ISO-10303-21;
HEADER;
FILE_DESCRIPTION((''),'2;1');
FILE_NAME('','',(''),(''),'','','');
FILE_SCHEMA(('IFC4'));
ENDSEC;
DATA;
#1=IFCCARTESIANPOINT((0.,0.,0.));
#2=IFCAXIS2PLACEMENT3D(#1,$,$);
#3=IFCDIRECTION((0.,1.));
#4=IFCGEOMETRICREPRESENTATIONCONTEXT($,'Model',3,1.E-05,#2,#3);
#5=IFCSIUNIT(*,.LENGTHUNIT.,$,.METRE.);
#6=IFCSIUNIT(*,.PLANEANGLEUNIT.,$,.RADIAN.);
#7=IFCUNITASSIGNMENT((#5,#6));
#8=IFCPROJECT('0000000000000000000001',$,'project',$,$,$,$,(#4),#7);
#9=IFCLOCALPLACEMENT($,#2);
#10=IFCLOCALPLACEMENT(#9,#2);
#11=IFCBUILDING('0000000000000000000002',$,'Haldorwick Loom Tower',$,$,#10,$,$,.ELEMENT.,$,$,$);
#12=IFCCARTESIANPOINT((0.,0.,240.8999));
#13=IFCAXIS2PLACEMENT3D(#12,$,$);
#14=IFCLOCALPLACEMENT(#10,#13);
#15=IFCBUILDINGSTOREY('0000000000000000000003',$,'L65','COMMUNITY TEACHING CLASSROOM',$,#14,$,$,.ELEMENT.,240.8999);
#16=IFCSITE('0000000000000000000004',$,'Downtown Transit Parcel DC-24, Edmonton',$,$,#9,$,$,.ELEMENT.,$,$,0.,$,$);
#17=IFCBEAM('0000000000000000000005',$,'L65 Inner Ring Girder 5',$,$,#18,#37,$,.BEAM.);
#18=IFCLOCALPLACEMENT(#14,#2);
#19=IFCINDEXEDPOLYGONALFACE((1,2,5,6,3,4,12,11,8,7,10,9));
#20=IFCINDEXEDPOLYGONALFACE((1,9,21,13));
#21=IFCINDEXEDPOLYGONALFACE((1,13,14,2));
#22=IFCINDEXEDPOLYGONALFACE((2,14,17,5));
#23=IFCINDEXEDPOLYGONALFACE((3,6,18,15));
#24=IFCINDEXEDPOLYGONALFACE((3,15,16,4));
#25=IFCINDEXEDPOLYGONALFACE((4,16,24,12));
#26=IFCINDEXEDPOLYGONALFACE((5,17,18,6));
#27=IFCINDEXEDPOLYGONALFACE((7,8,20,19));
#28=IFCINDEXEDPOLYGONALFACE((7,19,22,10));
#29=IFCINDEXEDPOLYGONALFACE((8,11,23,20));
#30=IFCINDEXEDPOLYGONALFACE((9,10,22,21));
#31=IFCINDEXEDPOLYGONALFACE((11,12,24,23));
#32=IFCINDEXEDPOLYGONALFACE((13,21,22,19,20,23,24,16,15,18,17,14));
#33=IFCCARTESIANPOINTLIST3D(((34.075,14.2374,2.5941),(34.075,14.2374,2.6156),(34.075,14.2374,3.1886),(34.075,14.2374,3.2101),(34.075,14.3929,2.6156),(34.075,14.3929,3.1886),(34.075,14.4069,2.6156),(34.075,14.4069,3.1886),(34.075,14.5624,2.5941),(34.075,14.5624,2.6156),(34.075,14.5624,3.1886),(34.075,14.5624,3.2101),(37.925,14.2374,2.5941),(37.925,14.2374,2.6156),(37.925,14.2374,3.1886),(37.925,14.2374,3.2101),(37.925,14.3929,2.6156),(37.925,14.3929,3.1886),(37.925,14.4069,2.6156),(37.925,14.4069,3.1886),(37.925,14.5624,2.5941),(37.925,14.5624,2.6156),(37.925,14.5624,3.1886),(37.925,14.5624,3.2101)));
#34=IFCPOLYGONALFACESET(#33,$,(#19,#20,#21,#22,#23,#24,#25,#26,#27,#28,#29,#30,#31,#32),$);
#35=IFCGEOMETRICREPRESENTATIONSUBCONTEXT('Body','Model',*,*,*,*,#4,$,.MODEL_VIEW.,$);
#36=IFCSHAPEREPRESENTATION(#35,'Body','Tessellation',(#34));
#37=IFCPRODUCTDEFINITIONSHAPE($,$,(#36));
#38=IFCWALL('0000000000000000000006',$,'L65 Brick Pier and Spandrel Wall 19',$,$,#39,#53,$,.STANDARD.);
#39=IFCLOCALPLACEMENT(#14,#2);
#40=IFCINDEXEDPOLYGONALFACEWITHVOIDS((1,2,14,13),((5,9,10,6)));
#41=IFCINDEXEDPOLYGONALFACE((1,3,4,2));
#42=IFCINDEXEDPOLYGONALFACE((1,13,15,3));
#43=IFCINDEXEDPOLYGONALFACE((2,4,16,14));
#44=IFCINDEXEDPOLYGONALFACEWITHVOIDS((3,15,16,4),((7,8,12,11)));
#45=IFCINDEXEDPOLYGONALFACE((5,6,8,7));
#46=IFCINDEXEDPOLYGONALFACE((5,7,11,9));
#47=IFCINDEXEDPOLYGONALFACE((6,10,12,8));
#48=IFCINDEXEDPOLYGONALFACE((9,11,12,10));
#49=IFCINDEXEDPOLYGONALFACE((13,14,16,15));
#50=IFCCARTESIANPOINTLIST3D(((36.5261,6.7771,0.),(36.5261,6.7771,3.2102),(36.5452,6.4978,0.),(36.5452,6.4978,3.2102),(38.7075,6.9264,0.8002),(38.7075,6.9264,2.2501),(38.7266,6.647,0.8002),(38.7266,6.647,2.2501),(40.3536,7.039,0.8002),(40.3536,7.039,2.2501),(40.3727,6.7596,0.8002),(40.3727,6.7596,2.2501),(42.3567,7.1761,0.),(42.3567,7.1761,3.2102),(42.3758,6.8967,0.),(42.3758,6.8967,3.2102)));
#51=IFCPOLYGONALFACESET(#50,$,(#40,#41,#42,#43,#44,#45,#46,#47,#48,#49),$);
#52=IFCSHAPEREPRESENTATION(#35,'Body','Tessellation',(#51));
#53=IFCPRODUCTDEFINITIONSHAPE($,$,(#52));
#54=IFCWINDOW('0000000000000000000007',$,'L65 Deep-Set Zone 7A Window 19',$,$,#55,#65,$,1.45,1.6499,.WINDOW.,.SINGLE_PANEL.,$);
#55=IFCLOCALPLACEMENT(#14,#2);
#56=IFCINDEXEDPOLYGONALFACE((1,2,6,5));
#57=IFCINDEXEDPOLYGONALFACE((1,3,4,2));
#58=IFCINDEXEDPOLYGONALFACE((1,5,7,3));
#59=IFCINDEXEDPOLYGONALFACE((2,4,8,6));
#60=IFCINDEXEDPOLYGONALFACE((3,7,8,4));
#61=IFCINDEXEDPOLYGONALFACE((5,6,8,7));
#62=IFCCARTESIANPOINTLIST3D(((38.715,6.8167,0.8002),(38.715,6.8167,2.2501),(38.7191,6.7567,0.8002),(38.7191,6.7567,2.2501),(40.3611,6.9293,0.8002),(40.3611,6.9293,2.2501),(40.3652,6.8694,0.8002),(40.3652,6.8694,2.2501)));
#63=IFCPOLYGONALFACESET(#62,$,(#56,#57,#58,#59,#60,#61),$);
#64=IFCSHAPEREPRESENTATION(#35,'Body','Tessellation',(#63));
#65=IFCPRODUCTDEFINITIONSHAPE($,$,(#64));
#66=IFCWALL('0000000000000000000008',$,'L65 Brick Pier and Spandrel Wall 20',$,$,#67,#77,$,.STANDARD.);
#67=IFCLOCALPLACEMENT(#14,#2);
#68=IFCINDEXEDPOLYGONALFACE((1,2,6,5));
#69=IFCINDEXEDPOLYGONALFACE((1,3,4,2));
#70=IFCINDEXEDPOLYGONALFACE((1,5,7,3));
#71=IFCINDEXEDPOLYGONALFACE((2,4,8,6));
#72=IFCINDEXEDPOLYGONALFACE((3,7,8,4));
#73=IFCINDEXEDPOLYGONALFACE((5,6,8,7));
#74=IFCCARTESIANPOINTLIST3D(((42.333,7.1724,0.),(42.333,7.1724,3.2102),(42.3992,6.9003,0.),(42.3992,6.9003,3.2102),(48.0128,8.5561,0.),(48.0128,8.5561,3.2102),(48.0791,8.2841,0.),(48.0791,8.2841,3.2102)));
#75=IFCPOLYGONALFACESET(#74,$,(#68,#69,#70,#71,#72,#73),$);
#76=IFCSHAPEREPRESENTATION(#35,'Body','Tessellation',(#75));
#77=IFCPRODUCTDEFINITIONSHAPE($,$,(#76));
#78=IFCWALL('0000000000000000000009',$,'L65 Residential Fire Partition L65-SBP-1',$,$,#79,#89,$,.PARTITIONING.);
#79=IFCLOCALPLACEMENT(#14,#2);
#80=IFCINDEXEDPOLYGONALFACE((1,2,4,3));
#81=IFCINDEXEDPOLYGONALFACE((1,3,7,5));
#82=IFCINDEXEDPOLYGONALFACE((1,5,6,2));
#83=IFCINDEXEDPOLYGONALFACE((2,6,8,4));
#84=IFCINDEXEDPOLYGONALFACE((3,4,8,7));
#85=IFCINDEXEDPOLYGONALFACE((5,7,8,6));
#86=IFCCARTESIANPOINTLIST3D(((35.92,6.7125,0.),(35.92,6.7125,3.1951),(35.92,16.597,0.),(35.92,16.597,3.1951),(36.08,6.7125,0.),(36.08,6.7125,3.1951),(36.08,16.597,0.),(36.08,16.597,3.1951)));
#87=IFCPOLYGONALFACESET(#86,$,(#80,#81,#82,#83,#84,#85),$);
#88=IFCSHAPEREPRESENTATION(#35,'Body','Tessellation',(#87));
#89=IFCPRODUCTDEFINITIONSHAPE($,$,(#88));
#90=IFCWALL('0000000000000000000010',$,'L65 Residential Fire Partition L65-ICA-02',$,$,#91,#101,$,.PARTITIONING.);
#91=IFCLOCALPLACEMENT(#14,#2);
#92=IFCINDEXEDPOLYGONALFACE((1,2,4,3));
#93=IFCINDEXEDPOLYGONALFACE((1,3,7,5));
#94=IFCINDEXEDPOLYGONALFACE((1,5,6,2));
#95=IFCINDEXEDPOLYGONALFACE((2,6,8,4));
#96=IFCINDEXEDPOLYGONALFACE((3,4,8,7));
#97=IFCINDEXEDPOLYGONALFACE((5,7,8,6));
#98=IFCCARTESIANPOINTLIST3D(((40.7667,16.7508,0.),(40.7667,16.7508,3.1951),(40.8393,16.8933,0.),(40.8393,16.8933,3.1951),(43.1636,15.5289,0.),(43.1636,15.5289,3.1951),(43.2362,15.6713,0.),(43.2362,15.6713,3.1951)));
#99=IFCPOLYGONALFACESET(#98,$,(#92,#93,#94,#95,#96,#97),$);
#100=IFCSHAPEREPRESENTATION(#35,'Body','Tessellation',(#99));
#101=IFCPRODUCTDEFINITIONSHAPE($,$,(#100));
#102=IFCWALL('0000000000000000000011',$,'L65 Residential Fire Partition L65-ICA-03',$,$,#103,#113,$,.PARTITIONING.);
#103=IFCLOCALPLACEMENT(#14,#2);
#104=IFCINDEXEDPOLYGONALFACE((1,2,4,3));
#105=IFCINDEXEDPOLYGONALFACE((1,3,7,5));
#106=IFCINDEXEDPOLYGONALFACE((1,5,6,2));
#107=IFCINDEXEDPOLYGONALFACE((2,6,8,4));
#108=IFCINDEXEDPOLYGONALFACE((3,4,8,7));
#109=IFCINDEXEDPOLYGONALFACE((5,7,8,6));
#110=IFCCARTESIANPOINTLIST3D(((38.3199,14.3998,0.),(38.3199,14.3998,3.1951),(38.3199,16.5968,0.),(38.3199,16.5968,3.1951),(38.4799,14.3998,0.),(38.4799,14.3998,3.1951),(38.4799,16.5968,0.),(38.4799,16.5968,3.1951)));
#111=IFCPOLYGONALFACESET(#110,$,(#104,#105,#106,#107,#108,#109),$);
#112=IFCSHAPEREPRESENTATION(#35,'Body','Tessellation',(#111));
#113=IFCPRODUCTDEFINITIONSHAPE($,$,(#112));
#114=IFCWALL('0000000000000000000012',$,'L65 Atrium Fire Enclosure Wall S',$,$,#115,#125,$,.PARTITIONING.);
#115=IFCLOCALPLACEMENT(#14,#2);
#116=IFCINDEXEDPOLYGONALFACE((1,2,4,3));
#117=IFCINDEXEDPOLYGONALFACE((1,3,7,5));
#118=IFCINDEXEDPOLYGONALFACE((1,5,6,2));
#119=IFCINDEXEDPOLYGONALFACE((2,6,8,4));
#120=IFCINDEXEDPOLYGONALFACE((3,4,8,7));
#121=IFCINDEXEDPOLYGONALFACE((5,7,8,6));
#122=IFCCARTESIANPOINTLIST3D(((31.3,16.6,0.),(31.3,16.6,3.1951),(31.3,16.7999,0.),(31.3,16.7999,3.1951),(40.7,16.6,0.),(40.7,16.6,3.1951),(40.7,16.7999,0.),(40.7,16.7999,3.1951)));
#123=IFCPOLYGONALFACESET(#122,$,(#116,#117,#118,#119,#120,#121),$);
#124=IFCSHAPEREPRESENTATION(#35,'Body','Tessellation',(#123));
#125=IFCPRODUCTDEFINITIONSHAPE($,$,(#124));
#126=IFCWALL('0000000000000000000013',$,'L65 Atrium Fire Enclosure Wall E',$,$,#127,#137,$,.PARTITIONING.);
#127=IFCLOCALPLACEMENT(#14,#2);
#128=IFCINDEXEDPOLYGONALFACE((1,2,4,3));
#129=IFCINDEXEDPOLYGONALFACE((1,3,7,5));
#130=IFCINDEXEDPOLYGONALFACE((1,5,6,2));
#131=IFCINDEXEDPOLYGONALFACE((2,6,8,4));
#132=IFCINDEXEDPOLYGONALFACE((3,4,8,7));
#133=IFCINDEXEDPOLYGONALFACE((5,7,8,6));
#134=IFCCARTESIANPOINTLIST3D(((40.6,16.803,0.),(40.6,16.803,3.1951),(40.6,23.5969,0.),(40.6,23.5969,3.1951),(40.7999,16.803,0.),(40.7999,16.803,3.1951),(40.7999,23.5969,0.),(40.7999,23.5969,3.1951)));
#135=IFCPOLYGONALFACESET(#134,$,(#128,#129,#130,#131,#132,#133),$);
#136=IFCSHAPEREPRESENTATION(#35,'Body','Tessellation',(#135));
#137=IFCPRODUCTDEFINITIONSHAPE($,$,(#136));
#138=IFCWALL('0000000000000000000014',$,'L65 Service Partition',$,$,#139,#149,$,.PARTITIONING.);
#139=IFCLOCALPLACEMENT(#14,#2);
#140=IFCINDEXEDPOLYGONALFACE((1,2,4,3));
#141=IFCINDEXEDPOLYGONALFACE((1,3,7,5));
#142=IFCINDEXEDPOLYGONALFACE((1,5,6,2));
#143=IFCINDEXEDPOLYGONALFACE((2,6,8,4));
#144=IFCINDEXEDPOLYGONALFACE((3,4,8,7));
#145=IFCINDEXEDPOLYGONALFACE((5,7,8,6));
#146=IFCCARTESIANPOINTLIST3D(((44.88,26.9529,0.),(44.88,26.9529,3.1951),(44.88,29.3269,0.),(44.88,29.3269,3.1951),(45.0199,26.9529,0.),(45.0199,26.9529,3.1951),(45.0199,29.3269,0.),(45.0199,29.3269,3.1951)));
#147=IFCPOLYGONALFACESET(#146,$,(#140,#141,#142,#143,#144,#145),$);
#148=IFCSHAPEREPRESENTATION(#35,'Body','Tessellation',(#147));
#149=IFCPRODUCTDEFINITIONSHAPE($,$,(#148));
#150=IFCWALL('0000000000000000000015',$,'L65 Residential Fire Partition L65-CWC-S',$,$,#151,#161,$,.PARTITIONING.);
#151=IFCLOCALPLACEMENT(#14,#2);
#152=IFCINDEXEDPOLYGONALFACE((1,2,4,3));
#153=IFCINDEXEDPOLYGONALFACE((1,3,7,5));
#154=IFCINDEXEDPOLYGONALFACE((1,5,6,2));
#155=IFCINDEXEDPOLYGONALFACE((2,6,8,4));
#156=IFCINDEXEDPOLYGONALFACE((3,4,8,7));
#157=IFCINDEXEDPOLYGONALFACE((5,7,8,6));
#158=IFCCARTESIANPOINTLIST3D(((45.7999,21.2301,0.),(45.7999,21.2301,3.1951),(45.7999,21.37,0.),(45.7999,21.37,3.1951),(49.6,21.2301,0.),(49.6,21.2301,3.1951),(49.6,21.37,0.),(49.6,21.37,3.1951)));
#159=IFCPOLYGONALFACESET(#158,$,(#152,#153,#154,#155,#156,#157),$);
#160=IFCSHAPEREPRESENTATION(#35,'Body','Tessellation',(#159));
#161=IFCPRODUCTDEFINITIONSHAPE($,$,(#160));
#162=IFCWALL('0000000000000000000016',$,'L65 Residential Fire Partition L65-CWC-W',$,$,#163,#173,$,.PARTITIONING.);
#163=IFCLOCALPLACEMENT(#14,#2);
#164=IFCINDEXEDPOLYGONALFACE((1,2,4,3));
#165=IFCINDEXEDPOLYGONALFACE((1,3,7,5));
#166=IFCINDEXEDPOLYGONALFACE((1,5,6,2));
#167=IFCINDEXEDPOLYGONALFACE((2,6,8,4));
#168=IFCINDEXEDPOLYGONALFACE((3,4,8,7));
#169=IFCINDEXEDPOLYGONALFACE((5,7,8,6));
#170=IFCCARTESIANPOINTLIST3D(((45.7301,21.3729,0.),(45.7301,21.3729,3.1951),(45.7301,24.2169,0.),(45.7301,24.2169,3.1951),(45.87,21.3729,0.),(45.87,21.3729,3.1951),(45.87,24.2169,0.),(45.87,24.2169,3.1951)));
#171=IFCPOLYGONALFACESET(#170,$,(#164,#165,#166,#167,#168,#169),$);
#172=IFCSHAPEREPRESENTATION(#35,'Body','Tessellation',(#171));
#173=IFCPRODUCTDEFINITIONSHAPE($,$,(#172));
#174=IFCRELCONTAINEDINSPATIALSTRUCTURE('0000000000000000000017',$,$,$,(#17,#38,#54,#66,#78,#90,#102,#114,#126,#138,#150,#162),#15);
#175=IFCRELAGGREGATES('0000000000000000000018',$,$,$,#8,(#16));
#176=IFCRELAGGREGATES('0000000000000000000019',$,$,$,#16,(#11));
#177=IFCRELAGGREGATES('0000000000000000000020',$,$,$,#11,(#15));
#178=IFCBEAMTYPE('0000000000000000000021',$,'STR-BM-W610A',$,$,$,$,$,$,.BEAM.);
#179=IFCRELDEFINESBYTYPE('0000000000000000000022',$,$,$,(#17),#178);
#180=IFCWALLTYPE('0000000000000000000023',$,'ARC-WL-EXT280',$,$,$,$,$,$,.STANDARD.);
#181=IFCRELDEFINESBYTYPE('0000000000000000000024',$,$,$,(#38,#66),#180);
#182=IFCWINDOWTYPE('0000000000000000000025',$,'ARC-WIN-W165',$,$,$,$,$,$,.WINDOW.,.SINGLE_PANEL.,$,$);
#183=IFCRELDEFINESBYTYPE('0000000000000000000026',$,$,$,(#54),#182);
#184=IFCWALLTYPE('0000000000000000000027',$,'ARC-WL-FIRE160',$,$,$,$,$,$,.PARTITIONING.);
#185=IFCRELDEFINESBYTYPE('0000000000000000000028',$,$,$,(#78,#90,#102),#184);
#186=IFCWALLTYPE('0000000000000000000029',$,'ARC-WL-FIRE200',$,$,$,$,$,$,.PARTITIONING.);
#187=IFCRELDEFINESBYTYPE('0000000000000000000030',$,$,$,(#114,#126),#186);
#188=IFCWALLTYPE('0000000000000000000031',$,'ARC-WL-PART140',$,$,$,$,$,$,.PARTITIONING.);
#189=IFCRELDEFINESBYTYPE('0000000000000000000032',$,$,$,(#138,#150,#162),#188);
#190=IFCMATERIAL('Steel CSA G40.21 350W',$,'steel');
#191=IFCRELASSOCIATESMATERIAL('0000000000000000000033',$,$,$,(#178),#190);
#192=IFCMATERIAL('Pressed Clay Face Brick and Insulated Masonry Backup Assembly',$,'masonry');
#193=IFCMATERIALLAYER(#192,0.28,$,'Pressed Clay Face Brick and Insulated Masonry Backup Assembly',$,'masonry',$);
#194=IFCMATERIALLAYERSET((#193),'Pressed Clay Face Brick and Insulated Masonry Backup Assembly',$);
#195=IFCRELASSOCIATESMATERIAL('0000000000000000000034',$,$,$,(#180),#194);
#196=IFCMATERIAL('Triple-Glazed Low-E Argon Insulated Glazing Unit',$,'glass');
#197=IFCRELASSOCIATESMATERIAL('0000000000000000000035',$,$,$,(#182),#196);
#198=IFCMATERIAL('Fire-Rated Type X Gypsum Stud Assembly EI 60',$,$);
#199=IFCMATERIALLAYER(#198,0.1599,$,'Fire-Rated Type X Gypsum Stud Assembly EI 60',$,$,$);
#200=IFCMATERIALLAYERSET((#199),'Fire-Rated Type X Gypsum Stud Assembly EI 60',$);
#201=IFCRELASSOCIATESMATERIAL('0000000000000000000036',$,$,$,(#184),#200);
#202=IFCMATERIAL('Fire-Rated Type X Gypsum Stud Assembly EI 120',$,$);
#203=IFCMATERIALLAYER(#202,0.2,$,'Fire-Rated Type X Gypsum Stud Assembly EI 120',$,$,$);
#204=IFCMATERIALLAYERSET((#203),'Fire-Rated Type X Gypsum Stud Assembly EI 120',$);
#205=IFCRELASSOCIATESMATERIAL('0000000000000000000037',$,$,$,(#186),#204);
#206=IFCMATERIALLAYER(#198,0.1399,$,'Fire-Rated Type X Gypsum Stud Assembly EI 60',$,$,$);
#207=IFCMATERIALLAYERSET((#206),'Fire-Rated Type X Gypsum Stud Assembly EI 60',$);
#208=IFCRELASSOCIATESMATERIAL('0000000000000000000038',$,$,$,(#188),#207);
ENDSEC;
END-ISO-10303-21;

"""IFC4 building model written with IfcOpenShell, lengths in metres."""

from ifc_helpers import new_model, si_unit, direction, frame, frame_2d, origin, origin_2d, place, context, subcontext, project, spatial, rectangle, i_section, extrude, material, layer, layer_set, material_profile, profile_set, type_object, element, fill, save


model = new_model("IFC4")

# Units and contexts
model_context = context("Model", 3, precision=1e-05, world=origin(), true_north=direction((0.0, 1.0)))
body_context = subcontext(model_context, "Body", "Model", "MODEL_VIEW")
ifc_project = project(units=[si_unit("LENGTHUNIT", "METRE"), si_unit("PLANEANGLEUNIT", "RADIAN")], contexts=[model_context])

# Site, building, storey
site_placement = place(None, origin())
site = spatial("IfcSite", under=ifc_project, at=site_placement, Name="Downtown Transit Parcel DC-24, Edmonton", CompositionType="ELEMENT", RefElevation=0.0)
building_placement = place(site_placement, origin())
building = spatial("IfcBuilding", under=site, at=building_placement, Name="Haldorwick Loom Tower", CompositionType="ELEMENT")
storey_placement = place(building_placement, frame((0.0, 0.0, 240.8999)))
storey = spatial("IfcBuildingStorey", under=building, at=storey_placement, Name="L65", Description="COMMUNITY TEACHING CLASSROOM", CompositionType="ELEMENT", Elevation=240.8999)

# Shared definitions
ifc_material_1 = material(Name="Steel CSA G40.21 350W", Category="steel")

# Beam
ifc_material_profile_1 = material_profile(ifc_material_1, i_section(OverallWidth=0.325, OverallDepth=0.616, WebThickness=0.0139, FlangeThickness=0.0215, at=origin_2d()), Name="W610X174", Category="steel")
ifc_profile_set_1 = profile_set([ifc_material_profile_1], Name="Steel CSA G40.21 350W")
beam_type_1 = type_object("IfcBeamType", Name="STR-BM-W610A", PredefinedType="BEAM", material=ifc_profile_set_1)
beam_1_placement = place(storey_placement, frame((37.925, 14.3999, 2.9021), z_axis=(-1.0, 0.0, 0.0), x_axis=(0.0, -1.0, 0.0)))
element("IfcBeam", 1, at=beam_1_placement, inside=storey, type_object=beam_type_1, Name="L65 Inner Ring Girder 5", PredefinedType="BEAM", context=body_context, shape_type="SweptSolid", body=[
    extrude(i_section(OverallWidth=0.325, OverallDepth=0.616, WebThickness=0.0139, FlangeThickness=0.0215, at=origin_2d()), origin(), (0.0, 0.0, 1.0), 3.8501),
])

# Wall, opening, window
ifc_material_2 = material(Name="Pressed Clay Face Brick and Insulated Masonry Backup Assembly", Category="masonry")
ifc_layer_1 = layer(ifc_material_2, 0.28, Name="Pressed Clay Face Brick and Insulated Masonry Backup Assembly", Category="masonry")
ifc_layer_set_1 = layer_set([ifc_layer_1], Name="Pressed Clay Face Brick and Insulated Masonry Backup Assembly")
wall_type_1 = type_object("IfcWallType", Name="ARC-WL-EXT280", PredefinedType="STANDARD", material=ifc_layer_set_1)
wall_1_placement = place(storey_placement, frame((36.5356, 6.6375, 0.0), z_axis=(0.0, 0.0, 1.0), x_axis=(0.997668, 0.06826, 0.0)))
wall_1 = element("IfcWall", 2, at=wall_1_placement, inside=storey, type_object=wall_type_1, Name="L65 Brick Pier and Spandrel Wall 19", PredefinedType="STANDARD", context=body_context, shape_type="SweptSolid", body=[
    extrude(rectangle(XDim=5.8442, YDim=0.28, at=frame_2d((2.9221, 0.0))), origin(), (0.0, 0.0, 1.0), 3.2102),
])
opening_placement = place(wall_1_placement, frame((2.1865, 0.0, 0.8)))
opening = element("IfcOpeningElement", 3, at=opening_placement, cuts=wall_1, PredefinedType="OPENING", context=body_context, shape_type="SweptSolid", body=[
    extrude(rectangle(XDim=1.6499, YDim=1.45, at=frame_2d((0.825, 0.7251))), frame((0.0, 0.1499, 0.0), z_axis=(0.0, -1.0, 0.0), x_axis=(1.0, 0.0, 0.0)), (0.0, 0.0, 1.0), 0.3),
])
ifc_material_3 = material(Name="Triple-Glazed Low-E Argon Insulated Glazing Unit", Category="glass")
window_type = type_object("IfcWindowType", Name="ARC-WIN-W165", PartitioningType="SINGLE_PANEL", PredefinedType="WINDOW", material=ifc_material_3)
window_placement = place(opening_placement, origin())
window = element("IfcWindow", 4, at=window_placement, inside=storey, type_object=window_type, Name="L65 Deep-Set Zone 7A Window 19", OverallHeight=1.45, OverallWidth=1.6499, PartitioningType="SINGLE_PANEL", PredefinedType="WINDOW", context=body_context, shape_type="SweptSolid", body=[
    extrude(rectangle(XDim=1.6499, YDim=1.45, at=frame_2d((0.825, 0.7251))), frame((0.0, 0.03, 0.0), z_axis=(0.0, -1.0, 0.0), x_axis=(1.0, 0.0, 0.0)), (0.0, 0.0, 1.0), 0.0601),
])
fill(opening, window)

# Walls
wall_2_placement = place(storey_placement, frame((42.3662, 7.0364, 0.0), z_axis=(0.0, 0.0, 1.0), x_axis=(0.971582, 0.236704, 0.0)))
element("IfcWall", 5, at=wall_2_placement, inside=storey, type_object=wall_type_1, Name="L65 Brick Pier and Spandrel Wall 20", PredefinedType="STANDARD", context=body_context, shape_type="SweptSolid", body=[
    extrude(rectangle(XDim=5.8459, YDim=0.28, at=frame_2d((2.9229, 0.0))), origin(), (0.0, 0.0, 1.0), 3.2102),
])
ifc_material_4 = material(Name="Fire-Rated Type X Gypsum Stud Assembly EI 60")
ifc_layer_2 = layer(ifc_material_4, 0.1599, Name="Fire-Rated Type X Gypsum Stud Assembly EI 60")
ifc_layer_set_2 = layer_set([ifc_layer_2], Name="Fire-Rated Type X Gypsum Stud Assembly EI 60")
wall_type_2 = type_object("IfcWallType", Name="ARC-WL-FIRE160", PredefinedType="PARTITIONING", material=ifc_layer_set_2)
wall_3_placement = place(storey_placement, frame((36.0, 6.7124, 0.0), z_axis=(0.0, 0.0, 1.0), x_axis=(0.0, 1.0, 0.0)))
element("IfcWall", 6, at=wall_3_placement, inside=storey, type_object=wall_type_2, Name="L65 Residential Fire Partition L65-SBP-1", PredefinedType="PARTITIONING", context=body_context, shape_type="SweptSolid", body=[
    extrude(rectangle(XDim=9.8845, YDim=0.1599, at=frame_2d((4.9424, 0.0))), origin(), (0.0, 0.0, 1.0), 3.1951),
])
wall_4_placement = place(storey_placement, frame((40.803, 16.822, 0.0), z_axis=(0.0, 0.0, 1.0), x_axis=(0.890916, -0.454169, 0.0)))
element("IfcWall", 7, at=wall_4_placement, inside=storey, type_object=wall_type_2, Name="L65 Residential Fire Partition L65-ICA-02", PredefinedType="PARTITIONING", context=body_context, shape_type="SweptSolid", body=[
    extrude(rectangle(XDim=2.6904, YDim=0.1599, at=frame_2d((1.3452, 0.0))), origin(), (0.0, 0.0, 1.0), 3.1951),
])
wall_5_placement = place(storey_placement, frame((38.3999, 16.5969, 0.0), z_axis=(0.0, 0.0, 1.0), x_axis=(0.0, -1.0, 0.0)))
element("IfcWall", 8, at=wall_5_placement, inside=storey, type_object=wall_type_2, Name="L65 Residential Fire Partition L65-ICA-03", PredefinedType="PARTITIONING", context=body_context, shape_type="SweptSolid", body=[
    extrude(rectangle(XDim=2.197, YDim=0.1599, at=frame_2d((1.0986, 0.0))), origin(), (0.0, 0.0, 1.0), 3.1951),
])
ifc_material_5 = material(Name="Fire-Rated Type X Gypsum Stud Assembly EI 120")
ifc_layer_3 = layer(ifc_material_5, 0.2, Name="Fire-Rated Type X Gypsum Stud Assembly EI 120")
ifc_layer_set_3 = layer_set([ifc_layer_3], Name="Fire-Rated Type X Gypsum Stud Assembly EI 120")
wall_type_3 = type_object("IfcWallType", Name="ARC-WL-FIRE200", PredefinedType="PARTITIONING", material=ifc_layer_set_3)
wall_6_placement = place(storey_placement, frame((40.7, 16.7, 0.0), z_axis=(0.0, 0.0, 1.0), x_axis=(-1.0, 0.0, 0.0)))
element("IfcWall", 9, at=wall_6_placement, inside=storey, type_object=wall_type_3, Name="L65 Atrium Fire Enclosure Wall S", PredefinedType="PARTITIONING", context=body_context, shape_type="SweptSolid", body=[
    extrude(rectangle(XDim=9.3999, YDim=0.2, at=frame_2d((4.7, 0.0))), origin(), (0.0, 0.0, 1.0), 3.1951),
])
wall_7_placement = place(storey_placement, frame((40.7, 23.5969, 0.0), z_axis=(0.0, 0.0, 1.0), x_axis=(0.0, -1.0, 0.0)))
element("IfcWall", 10, at=wall_7_placement, inside=storey, type_object=wall_type_3, Name="L65 Atrium Fire Enclosure Wall E", PredefinedType="PARTITIONING", context=body_context, shape_type="SweptSolid", body=[
    extrude(rectangle(XDim=6.7939, YDim=0.2, at=frame_2d((3.397, 0.0))), origin(), (0.0, 0.0, 1.0), 3.1951),
])
ifc_layer_4 = layer(ifc_material_4, 0.1399, Name="Fire-Rated Type X Gypsum Stud Assembly EI 60")
ifc_layer_set_4 = layer_set([ifc_layer_4], Name="Fire-Rated Type X Gypsum Stud Assembly EI 60")
wall_type_4 = type_object("IfcWallType", Name="ARC-WL-PART140", PredefinedType="PARTITIONING", material=ifc_layer_set_4)
wall_8_placement = place(storey_placement, frame((44.95, 26.9529, 0.0), z_axis=(0.0, 0.0, 1.0), x_axis=(0.0, 1.0, 0.0)))
element("IfcWall", 11, at=wall_8_placement, inside=storey, type_object=wall_type_4, Name="L65 Service Partition", PredefinedType="PARTITIONING", context=body_context, shape_type="SweptSolid", body=[
    extrude(rectangle(XDim=2.374, YDim=0.1399, at=frame_2d((1.187, 0.0))), origin(), (0.0, 0.0, 1.0), 3.1951),
])
wall_9_placement = place(storey_placement, frame((45.8, 21.3, 0.0), z_axis=(0.0, 0.0, 1.0), x_axis=(1.0, 0.0, 0.0)))
element("IfcWall", 12, at=wall_9_placement, inside=storey, type_object=wall_type_4, Name="L65 Residential Fire Partition L65-CWC-S", PredefinedType="PARTITIONING", context=body_context, shape_type="SweptSolid", body=[
    extrude(rectangle(XDim=3.8, YDim=0.1399, at=frame_2d((1.8999, 0.0))), origin(), (0.0, 0.0, 1.0), 3.1951),
])
wall_10_placement = place(storey_placement, frame((45.8, 21.373, 0.0), z_axis=(0.0, 0.0, 1.0), x_axis=(0.0, 1.0, 0.0)))
element("IfcWall", 13, at=wall_10_placement, inside=storey, type_object=wall_type_4, Name="L65 Residential Fire Partition L65-CWC-W", PredefinedType="PARTITIONING", context=body_context, shape_type="SweptSolid", body=[
    extrude(rectangle(XDim=2.844, YDim=0.1399, at=frame_2d((1.4219, 0.0))), origin(), (0.0, 0.0, 1.0), 3.1951),
])

save(model, "model.ifc")
